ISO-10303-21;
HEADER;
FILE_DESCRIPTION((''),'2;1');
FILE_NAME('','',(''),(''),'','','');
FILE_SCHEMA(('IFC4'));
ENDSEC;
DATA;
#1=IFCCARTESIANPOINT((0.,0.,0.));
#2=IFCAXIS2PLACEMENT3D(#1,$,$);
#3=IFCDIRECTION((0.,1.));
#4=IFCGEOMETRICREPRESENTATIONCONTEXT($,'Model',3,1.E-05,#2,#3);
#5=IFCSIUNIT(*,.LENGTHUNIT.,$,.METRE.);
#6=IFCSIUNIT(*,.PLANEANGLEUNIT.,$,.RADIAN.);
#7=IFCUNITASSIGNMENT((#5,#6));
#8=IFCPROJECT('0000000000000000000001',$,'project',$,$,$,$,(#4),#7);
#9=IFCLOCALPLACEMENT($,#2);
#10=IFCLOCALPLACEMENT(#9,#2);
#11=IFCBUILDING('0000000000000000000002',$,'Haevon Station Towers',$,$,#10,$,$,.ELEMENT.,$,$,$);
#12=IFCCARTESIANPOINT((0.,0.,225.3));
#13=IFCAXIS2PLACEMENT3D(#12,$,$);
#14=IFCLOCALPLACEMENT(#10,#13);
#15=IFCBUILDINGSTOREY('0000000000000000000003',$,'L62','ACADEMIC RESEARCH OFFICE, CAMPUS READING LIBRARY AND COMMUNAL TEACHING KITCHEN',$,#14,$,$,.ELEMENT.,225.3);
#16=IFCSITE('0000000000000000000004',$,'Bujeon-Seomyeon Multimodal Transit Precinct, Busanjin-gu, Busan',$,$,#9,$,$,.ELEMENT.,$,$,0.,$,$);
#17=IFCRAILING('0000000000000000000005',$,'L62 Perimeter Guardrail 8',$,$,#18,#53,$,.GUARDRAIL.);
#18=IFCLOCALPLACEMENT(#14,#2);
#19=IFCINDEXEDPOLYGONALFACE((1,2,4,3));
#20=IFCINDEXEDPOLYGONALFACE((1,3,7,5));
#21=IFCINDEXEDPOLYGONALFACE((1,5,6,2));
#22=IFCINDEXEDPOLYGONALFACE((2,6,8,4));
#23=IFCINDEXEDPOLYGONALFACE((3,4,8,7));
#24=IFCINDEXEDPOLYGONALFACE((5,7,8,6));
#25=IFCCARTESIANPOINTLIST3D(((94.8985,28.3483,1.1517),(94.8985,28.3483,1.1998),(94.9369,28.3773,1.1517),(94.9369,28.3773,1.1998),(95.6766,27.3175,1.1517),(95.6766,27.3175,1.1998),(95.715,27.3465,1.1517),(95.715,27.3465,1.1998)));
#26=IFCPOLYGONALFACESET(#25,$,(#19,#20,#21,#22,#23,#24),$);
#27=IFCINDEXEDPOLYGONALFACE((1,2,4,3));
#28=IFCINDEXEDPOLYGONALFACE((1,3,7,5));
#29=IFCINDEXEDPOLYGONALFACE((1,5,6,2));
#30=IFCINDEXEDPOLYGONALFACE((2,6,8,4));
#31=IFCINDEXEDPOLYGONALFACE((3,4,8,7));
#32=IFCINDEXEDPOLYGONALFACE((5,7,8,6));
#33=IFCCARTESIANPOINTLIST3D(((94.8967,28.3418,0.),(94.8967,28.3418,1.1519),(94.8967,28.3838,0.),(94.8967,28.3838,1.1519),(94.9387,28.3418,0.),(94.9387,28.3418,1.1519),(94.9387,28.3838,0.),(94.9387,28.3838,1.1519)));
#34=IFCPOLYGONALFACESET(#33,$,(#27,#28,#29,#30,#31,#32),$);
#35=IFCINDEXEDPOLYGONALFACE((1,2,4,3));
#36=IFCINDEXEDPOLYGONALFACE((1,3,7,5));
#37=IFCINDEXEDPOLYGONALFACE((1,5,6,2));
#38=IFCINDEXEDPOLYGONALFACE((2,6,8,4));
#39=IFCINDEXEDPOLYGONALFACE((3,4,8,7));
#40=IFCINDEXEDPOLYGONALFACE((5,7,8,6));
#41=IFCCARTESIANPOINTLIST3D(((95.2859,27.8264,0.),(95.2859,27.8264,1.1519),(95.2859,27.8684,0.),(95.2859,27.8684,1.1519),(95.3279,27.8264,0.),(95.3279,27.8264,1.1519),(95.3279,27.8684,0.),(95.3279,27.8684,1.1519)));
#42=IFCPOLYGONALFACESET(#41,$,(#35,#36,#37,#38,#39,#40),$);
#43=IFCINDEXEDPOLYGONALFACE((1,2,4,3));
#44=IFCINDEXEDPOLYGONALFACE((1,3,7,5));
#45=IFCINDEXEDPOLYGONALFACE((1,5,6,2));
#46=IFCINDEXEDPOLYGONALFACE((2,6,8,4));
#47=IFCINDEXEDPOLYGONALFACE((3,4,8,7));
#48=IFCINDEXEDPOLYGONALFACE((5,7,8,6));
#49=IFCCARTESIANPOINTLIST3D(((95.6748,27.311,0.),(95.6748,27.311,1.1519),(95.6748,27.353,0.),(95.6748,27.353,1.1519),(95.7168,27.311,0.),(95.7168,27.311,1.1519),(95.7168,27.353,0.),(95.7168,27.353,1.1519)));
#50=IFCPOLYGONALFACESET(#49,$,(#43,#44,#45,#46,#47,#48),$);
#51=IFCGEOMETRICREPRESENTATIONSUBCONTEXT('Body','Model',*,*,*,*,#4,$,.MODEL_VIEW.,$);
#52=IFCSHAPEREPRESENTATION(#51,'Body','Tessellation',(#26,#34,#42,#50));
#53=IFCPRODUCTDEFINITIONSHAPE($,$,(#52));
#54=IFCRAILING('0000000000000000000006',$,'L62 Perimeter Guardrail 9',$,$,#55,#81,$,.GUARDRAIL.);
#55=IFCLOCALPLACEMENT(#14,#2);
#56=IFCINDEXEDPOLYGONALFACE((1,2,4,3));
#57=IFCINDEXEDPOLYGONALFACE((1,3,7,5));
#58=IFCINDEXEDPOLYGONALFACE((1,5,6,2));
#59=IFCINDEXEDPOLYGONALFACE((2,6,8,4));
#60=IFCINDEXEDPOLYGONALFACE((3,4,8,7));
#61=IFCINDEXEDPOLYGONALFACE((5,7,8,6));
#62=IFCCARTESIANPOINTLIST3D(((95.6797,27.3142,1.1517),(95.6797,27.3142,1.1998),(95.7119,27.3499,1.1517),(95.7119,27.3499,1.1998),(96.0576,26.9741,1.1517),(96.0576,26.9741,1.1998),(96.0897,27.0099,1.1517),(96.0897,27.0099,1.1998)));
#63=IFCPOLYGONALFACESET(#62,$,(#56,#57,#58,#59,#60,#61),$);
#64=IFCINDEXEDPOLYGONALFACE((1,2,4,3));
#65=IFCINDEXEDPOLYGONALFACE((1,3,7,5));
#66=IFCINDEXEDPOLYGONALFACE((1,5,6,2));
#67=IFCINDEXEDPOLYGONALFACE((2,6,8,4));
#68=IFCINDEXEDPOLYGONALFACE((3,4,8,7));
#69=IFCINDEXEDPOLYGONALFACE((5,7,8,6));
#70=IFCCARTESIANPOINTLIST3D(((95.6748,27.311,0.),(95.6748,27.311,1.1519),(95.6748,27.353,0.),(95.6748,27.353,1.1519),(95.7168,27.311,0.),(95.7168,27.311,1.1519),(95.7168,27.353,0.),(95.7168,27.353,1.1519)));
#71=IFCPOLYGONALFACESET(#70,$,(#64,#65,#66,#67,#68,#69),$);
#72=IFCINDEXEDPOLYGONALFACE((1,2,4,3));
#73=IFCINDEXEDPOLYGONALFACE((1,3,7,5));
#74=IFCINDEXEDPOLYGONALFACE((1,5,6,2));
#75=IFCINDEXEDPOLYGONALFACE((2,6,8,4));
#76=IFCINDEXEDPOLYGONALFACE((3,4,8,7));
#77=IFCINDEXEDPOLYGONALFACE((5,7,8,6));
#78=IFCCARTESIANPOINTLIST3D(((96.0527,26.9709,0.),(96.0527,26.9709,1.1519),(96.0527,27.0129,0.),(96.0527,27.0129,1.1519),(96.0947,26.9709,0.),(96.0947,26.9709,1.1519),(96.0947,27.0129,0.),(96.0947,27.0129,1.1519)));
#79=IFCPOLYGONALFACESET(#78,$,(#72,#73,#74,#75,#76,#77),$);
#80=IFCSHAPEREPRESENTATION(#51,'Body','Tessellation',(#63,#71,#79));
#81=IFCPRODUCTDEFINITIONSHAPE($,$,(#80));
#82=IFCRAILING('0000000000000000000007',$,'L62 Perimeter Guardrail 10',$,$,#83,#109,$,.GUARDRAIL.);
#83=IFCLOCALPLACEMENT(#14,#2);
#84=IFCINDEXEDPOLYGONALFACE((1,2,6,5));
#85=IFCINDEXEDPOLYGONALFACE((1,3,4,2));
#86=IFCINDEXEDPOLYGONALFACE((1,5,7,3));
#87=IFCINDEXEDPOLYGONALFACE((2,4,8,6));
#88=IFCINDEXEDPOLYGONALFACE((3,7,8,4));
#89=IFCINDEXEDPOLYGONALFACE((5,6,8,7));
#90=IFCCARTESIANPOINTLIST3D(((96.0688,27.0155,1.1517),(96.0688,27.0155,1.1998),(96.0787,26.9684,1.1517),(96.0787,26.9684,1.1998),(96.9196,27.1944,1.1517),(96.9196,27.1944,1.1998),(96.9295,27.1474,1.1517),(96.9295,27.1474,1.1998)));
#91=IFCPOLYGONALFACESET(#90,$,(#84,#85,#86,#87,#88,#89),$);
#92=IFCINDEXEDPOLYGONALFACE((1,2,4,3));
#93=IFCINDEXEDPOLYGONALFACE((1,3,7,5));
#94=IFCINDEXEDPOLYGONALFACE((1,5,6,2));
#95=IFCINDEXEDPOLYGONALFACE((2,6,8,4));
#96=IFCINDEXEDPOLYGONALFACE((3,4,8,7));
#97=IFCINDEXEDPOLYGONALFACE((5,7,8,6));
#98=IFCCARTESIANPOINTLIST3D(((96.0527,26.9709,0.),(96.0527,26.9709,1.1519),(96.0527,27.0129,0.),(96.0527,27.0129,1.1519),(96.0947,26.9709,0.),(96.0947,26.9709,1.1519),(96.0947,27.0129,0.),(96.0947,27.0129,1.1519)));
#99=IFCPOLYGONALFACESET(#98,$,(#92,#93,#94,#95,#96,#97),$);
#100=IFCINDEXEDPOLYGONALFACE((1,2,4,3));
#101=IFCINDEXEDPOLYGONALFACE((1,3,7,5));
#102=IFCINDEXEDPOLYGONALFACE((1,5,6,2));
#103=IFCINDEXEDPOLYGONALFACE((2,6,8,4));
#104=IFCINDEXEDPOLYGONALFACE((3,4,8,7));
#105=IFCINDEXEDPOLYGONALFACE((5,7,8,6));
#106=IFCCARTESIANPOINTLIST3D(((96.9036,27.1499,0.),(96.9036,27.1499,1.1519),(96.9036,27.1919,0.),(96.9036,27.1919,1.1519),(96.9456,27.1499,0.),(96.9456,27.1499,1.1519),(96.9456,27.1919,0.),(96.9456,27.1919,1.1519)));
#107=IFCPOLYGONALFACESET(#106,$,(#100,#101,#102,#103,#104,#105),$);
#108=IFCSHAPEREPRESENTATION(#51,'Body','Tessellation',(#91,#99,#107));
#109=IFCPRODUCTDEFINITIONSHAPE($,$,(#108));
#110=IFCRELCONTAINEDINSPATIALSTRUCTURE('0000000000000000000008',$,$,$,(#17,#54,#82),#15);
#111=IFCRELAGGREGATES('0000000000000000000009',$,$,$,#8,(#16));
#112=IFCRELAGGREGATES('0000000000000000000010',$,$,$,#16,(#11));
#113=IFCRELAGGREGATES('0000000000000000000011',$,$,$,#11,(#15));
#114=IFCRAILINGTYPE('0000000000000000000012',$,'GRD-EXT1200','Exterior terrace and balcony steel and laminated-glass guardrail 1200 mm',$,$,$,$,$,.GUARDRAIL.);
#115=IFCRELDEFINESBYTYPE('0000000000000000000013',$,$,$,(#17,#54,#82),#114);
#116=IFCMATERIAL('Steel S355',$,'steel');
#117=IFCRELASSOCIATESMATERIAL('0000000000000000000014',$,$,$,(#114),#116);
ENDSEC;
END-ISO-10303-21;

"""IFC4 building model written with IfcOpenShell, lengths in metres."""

from ifc_helpers import new_model, si_unit, direction, frame, origin, origin_2d, place, context, subcontext, project, spatial, rectangle, extrude, material, type_object, element, save


model = new_model("IFC4")

# Units and contexts
model_context = context("Model", 3, precision=1e-05, world=origin(), true_north=direction((0.0, 1.0)))
body_context = subcontext(model_context, "Body", "Model", "MODEL_VIEW")
ifc_project = project(units=[si_unit("LENGTHUNIT", "METRE"), si_unit("PLANEANGLEUNIT", "RADIAN")], contexts=[model_context])

# Site, building, storey
site_placement = place(None, origin())
site = spatial("IfcSite", under=ifc_project, at=site_placement, Name="Bujeon-Seomyeon Multimodal Transit Precinct, Busanjin-gu, Busan", CompositionType="ELEMENT", RefElevation=0.0)
building_placement = place(site_placement, origin())
building = spatial("IfcBuilding", under=site, at=building_placement, Name="Haevon Station Towers", CompositionType="ELEMENT")
storey_placement = place(building_placement, frame((0.0, 0.0, 225.3)))
storey = spatial("IfcBuildingStorey", under=building, at=storey_placement, Name="L62", Description="ACADEMIC RESEARCH OFFICE, CAMPUS READING LIBRARY AND COMMUNAL TEACHING KITCHEN", CompositionType="ELEMENT", Elevation=225.3)

# Shared definitions
ifc_material_1 = material(Name="Steel S355", Category="steel")

# Railings
railing_type = type_object("IfcRailingType", Name="GRD-EXT1200", Description="Exterior terrace and balcony steel and laminated-glass guardrail 1200 mm", PredefinedType="GUARDRAIL", material=ifc_material_1)
railing_1_placement = place(storey_placement, frame((94.9177, 28.3628, 0.0)))
element("IfcRailing", 1, at=railing_1_placement, inside=storey, type_object=railing_type, Name="L62 Perimeter Guardrail 8", PredefinedType="GUARDRAIL", context=body_context, shape_type="SweptSolid", body=[
    extrude(rectangle(XDim=0.0481, YDim=0.0481, at=origin_2d()), frame((0.0, 0.0, 1.1758), z_axis=(0.602477, -0.798136, 0.0), x_axis=(0.798136, 0.602477, 0.0)), (0.0, 0.0, 1.0), 1.2915),
    extrude(rectangle(XDim=0.042, YDim=0.042, at=origin_2d()), origin(), (0.0, 0.0, 1.0), 1.1519),
    extrude(rectangle(XDim=0.042, YDim=0.042, at=origin_2d()), frame((0.3892, -0.5154, 0.0)), (0.0, 0.0, 1.0), 1.1519),
    extrude(rectangle(XDim=0.042, YDim=0.042, at=origin_2d()), frame((0.7781, -1.0308, 0.0)), (0.0, 0.0, 1.0), 1.1519),
])
railing_2_placement = place(storey_placement, frame((95.6958, 27.332, 0.0)))
element("IfcRailing", 2, at=railing_2_placement, inside=storey, type_object=railing_type, Name="L62 Perimeter Guardrail 9", PredefinedType="GUARDRAIL", context=body_context, shape_type="SweptSolid", body=[
    extrude(rectangle(XDim=0.0481, YDim=0.0481, at=origin_2d()), frame((0.0, 0.0, 1.1758), z_axis=(0.743342, -0.668912, 0.0), x_axis=(0.668912, 0.743342, 0.0)), (0.0, 0.0, 1.0), 0.5083),
    extrude(rectangle(XDim=0.042, YDim=0.042, at=origin_2d()), origin(), (0.0, 0.0, 1.0), 1.1519),
    extrude(rectangle(XDim=0.042, YDim=0.042, at=origin_2d()), frame((0.3779, -0.3401, 0.0)), (0.0, 0.0, 1.0), 1.1519),
])
railing_3_placement = place(storey_placement, frame((96.0737, 26.9919, 0.0)))
element("IfcRailing", 3, at=railing_3_placement, inside=storey, type_object=railing_type, Name="L62 Perimeter Guardrail 10", PredefinedType="GUARDRAIL", context=body_context, shape_type="SweptSolid", body=[
    extrude(rectangle(XDim=0.0481, YDim=0.0481, at=origin_2d()), frame((0.0, 0.0, 1.1758), z_axis=(0.978588, 0.205827, 0.0), x_axis=(-0.205827, 0.978588, 0.0)), (0.0, 0.0, 1.0), 0.8694),
    extrude(rectangle(XDim=0.042, YDim=0.042, at=origin_2d()), origin(), (0.0, 0.0, 1.0), 1.1519),
    extrude(rectangle(XDim=0.042, YDim=0.042, at=origin_2d()), frame((0.8508, 0.179, 0.0)), (0.0, 0.0, 1.0), 1.1519),
])

save(model, "model.ifc")
